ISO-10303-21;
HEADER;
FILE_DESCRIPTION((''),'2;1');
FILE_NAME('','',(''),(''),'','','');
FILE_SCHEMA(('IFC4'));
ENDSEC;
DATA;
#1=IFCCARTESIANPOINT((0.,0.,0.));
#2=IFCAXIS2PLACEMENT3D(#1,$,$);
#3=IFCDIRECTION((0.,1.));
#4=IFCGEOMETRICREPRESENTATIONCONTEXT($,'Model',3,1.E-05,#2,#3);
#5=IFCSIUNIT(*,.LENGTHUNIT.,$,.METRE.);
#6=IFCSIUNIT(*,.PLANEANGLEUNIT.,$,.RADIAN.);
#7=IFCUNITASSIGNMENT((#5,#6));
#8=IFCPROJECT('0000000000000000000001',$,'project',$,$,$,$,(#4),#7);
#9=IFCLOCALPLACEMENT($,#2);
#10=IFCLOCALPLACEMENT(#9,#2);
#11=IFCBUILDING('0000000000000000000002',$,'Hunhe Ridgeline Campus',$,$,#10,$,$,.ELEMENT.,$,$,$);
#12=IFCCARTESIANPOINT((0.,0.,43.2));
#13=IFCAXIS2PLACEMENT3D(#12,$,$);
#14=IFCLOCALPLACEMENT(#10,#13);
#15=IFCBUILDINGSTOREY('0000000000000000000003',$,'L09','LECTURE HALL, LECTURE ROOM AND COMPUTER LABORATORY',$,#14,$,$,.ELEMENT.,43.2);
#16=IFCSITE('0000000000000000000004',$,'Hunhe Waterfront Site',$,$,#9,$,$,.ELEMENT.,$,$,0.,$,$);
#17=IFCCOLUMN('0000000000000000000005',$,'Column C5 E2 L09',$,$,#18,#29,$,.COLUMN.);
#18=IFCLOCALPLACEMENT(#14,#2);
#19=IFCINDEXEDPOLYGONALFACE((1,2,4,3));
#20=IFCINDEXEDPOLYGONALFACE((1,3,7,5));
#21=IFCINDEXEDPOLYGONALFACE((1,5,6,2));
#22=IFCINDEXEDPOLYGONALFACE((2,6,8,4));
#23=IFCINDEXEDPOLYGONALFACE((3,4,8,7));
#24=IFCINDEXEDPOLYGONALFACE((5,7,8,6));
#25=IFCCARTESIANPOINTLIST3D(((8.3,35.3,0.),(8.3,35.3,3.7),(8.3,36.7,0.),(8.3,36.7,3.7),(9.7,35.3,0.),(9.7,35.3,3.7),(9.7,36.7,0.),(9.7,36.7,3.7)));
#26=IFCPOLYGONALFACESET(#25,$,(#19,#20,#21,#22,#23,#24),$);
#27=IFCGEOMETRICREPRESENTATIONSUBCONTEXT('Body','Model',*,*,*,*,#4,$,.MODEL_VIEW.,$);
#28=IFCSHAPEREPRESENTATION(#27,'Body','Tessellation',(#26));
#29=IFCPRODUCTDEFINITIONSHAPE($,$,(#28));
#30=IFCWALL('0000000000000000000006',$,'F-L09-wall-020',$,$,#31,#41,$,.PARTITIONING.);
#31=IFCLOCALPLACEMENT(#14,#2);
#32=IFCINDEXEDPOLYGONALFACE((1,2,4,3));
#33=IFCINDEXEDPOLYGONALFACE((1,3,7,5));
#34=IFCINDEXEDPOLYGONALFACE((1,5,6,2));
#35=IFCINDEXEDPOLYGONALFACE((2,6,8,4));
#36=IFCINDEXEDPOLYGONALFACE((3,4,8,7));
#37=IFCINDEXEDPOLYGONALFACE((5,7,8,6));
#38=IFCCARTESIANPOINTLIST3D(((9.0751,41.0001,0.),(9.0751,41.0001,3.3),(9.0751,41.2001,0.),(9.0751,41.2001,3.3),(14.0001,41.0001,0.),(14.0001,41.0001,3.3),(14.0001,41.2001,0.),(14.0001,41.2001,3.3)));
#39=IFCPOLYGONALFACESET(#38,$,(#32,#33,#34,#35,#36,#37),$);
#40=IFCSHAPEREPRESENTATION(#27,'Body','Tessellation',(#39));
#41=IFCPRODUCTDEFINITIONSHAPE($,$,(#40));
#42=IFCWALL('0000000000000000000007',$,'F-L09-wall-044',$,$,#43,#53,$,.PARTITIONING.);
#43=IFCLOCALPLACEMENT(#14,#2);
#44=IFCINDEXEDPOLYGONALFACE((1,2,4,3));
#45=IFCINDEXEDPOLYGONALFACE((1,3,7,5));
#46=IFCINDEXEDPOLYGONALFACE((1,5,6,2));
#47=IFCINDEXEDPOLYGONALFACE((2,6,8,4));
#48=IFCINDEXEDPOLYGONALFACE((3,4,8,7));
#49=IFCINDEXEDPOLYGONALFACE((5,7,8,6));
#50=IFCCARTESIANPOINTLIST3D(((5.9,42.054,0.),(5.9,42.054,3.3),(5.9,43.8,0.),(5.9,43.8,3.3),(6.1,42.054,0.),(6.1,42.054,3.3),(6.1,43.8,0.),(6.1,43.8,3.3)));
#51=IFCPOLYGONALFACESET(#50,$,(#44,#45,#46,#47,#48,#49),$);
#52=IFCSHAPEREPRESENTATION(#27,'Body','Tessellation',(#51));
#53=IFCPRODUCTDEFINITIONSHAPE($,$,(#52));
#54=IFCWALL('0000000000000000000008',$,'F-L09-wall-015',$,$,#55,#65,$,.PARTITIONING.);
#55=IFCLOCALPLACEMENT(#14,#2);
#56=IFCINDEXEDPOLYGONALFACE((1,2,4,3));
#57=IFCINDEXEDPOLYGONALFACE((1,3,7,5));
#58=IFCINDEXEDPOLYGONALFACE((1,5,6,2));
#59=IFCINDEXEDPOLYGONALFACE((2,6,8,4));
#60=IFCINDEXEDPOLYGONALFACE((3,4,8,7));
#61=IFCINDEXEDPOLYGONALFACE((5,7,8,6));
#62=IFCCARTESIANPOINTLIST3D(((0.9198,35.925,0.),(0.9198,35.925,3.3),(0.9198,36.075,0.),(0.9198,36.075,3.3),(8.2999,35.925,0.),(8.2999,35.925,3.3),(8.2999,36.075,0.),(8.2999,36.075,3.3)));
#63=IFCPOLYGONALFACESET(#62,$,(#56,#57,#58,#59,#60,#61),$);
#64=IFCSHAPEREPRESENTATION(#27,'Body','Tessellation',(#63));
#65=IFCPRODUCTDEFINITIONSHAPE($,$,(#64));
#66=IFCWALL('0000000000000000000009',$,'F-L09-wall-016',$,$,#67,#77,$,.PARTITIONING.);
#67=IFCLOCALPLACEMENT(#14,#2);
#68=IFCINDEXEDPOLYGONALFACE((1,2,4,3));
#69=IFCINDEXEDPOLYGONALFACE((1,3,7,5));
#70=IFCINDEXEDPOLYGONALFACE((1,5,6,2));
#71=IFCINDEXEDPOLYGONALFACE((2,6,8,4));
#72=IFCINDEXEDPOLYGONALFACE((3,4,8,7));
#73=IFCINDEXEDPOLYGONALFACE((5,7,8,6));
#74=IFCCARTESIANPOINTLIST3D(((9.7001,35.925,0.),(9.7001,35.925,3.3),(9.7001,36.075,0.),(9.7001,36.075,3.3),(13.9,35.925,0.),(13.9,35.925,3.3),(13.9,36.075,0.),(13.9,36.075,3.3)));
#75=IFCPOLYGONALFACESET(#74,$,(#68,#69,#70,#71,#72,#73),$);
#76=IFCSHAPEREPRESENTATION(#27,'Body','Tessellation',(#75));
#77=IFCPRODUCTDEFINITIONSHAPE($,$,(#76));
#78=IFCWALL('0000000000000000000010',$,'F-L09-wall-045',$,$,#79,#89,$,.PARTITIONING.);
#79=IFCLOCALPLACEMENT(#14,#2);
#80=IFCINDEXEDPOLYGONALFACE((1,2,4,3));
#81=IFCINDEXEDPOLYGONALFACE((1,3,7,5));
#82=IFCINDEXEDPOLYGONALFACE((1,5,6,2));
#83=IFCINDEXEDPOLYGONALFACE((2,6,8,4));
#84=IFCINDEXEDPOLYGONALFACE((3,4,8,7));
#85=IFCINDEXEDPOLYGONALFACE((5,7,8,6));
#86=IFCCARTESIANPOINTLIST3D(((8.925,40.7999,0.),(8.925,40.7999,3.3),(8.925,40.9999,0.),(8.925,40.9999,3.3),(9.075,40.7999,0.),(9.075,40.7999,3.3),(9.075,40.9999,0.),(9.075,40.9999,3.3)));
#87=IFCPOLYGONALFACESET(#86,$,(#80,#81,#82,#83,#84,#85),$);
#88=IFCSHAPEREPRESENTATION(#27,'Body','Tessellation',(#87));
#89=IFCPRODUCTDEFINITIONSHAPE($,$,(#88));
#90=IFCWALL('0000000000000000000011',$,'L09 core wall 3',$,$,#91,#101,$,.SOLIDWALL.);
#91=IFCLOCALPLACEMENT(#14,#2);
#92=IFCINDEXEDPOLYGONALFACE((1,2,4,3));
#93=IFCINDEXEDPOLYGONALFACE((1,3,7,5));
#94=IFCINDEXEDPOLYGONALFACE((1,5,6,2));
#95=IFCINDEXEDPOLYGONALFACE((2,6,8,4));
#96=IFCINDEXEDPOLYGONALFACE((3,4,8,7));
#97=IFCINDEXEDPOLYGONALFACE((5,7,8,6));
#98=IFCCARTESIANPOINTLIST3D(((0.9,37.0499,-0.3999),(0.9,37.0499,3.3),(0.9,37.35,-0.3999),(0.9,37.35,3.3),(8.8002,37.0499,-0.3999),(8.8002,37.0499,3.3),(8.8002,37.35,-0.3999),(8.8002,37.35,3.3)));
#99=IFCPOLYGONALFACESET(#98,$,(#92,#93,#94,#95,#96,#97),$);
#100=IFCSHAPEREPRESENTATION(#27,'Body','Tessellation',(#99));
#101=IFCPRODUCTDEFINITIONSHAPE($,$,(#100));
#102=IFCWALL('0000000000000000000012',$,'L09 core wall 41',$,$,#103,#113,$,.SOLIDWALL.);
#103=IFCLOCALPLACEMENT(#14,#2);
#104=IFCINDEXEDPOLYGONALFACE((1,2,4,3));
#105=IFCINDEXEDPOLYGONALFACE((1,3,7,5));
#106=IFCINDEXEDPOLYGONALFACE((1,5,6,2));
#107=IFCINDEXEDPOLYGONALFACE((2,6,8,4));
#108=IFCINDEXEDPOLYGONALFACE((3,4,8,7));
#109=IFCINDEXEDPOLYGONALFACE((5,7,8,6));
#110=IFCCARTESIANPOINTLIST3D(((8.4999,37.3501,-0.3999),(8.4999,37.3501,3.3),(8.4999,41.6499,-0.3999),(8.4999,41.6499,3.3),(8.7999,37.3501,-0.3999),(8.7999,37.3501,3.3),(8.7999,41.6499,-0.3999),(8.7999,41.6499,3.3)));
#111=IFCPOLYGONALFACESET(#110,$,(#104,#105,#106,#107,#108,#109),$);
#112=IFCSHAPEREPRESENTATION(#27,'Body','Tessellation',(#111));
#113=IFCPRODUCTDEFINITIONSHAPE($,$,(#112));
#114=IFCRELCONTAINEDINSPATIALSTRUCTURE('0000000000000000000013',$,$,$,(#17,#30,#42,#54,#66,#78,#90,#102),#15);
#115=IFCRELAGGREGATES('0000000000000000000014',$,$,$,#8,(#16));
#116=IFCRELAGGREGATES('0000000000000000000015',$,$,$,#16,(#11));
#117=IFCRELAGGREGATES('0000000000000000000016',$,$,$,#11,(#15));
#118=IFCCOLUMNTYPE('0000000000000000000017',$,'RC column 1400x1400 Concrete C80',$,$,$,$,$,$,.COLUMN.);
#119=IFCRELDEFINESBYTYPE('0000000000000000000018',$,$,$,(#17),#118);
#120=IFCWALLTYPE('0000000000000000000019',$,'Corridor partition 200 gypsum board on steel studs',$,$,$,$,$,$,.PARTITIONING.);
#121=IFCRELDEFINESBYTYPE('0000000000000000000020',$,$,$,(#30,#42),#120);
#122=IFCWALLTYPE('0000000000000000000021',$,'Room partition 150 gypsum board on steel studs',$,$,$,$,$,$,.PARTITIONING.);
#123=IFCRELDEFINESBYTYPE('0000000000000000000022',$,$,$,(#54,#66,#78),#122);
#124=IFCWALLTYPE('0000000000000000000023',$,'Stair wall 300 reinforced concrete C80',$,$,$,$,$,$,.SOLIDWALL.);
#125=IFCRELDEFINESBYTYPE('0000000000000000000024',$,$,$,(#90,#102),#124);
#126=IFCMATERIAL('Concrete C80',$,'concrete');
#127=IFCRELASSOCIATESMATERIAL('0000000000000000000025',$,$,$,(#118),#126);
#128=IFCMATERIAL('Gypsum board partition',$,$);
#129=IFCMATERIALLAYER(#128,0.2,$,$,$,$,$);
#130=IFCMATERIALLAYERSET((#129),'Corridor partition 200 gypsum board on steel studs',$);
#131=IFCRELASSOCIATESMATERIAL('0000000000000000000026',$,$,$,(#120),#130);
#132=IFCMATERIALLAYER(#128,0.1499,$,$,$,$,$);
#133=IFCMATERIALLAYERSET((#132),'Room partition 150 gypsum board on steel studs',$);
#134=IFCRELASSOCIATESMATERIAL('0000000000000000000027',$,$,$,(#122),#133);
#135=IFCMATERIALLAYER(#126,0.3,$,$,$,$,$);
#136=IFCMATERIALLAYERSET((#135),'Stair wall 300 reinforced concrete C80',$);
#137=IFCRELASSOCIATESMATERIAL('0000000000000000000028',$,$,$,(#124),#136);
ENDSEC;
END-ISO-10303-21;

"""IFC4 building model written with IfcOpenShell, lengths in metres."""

from ifc_helpers import new_model, si_unit, direction, frame, frame_2d, origin, origin_2d, place, context, subcontext, project, spatial, rectangle, extrude, material, layer, layer_set, material_profile, profile_set, type_object, element, save


model = new_model("IFC4")

# Units and contexts
model_context = context("Model", 3, precision=1e-05, world=origin(), true_north=direction((0.0, 1.0)))
body_context = subcontext(model_context, "Body", "Model", "MODEL_VIEW")
ifc_project = project(units=[si_unit("LENGTHUNIT", "METRE"), si_unit("PLANEANGLEUNIT", "RADIAN")], contexts=[model_context])

# Site, building, storey
site_placement = place(None, origin())
site = spatial("IfcSite", under=ifc_project, at=site_placement, Name="Hunhe Waterfront Site", CompositionType="ELEMENT", RefElevation=0.0)
building_placement = place(site_placement, origin())
building = spatial("IfcBuilding", under=site, at=building_placement, Name="Hunhe Ridgeline Campus", CompositionType="ELEMENT")
storey_placement = place(building_placement, frame((0.0, 0.0, 43.2)))
storey = spatial("IfcBuildingStorey", under=building, at=storey_placement, Name="L09", Description="LECTURE HALL, LECTURE ROOM AND COMPUTER LABORATORY", CompositionType="ELEMENT", Elevation=43.2)

# Column
ifc_material_1 = material(Name="Concrete C80", Category="concrete")
ifc_material_profile = material_profile(ifc_material_1, rectangle(XDim=1.3999, YDim=1.3999, at=origin_2d()))
ifc_profile_set = profile_set([ifc_material_profile], Name="Concrete C80")
column_type = type_object("IfcColumnType", Name="RC column 1400x1400 Concrete C80", PredefinedType="COLUMN", material=ifc_profile_set)
column_placement = place(storey_placement, frame((9.0, 36.0, 0.0), z_axis=(0.0, 0.0, 1.0), x_axis=(1.0, 0.0, 0.0)))
element("IfcColumn", 1, at=column_placement, inside=storey, type_object=column_type, Name="Column C5 E2 L09", PredefinedType="COLUMN", context=body_context, shape_type="SweptSolid", body=[
    extrude(rectangle(XDim=1.3999, YDim=1.3999, at=origin_2d()), origin(), (0.0, 0.0, 1.0), 3.7),
])

# Wall
ifc_material_2 = material(Name="Gypsum board partition")
ifc_layer_1 = layer(ifc_material_2, 0.2)
ifc_layer_set_1 = layer_set([ifc_layer_1], Name="Corridor partition 200 gypsum board on steel studs")
wall_type_1 = type_object("IfcWallType", Name="Corridor partition 200 gypsum board on steel studs", PredefinedType="PARTITIONING", material=ifc_layer_set_1)
wall_1_placement = place(storey_placement, frame((14.0, 41.1001, 0.0), z_axis=(0.0, 0.0, 1.0), x_axis=(-1.0, 0.0, 0.0)))
element("IfcWall", 2, at=wall_1_placement, inside=storey, type_object=wall_type_1, Name="F-L09-wall-020", PredefinedType="PARTITIONING", context=body_context, shape_type="SweptSolid", body=[
    extrude(rectangle(XDim=4.925, YDim=0.2, at=frame_2d((2.4624, 0.0))), origin(), (0.0, 0.0, 1.0), 3.3),
])

# Walls
wall_2_placement = place(storey_placement, frame((6.0, 42.054, 0.0), z_axis=(0.0, 0.0, 1.0), x_axis=(0.0, 1.0, 0.0)))
element("IfcWall", 3, at=wall_2_placement, inside=storey, type_object=wall_type_1, Name="F-L09-wall-044", PredefinedType="PARTITIONING", context=body_context, shape_type="SweptSolid", body=[
    extrude(rectangle(XDim=1.7461, YDim=0.2, at=frame_2d((0.873, 0.0))), origin(), (0.0, 0.0, 1.0), 3.3),
])
ifc_layer_2 = layer(ifc_material_2, 0.1499)
ifc_layer_set_2 = layer_set([ifc_layer_2], Name="Room partition 150 gypsum board on steel studs")
wall_type_2 = type_object("IfcWallType", Name="Room partition 150 gypsum board on steel studs", PredefinedType="PARTITIONING", material=ifc_layer_set_2)
wall_3_placement = place(storey_placement, frame((0.9199, 36.0, 0.0), z_axis=(0.0, 0.0, 1.0), x_axis=(1.0, 0.0, 0.0)))
element("IfcWall", 4, at=wall_3_placement, inside=storey, type_object=wall_type_2, Name="F-L09-wall-015", PredefinedType="PARTITIONING", context=body_context, shape_type="SweptSolid", body=[
    extrude(rectangle(XDim=7.3801, YDim=0.1499, at=frame_2d((3.6899, 0.0))), origin(), (0.0, 0.0, 1.0), 3.3),
])
wall_4_placement = place(storey_placement, frame((9.7, 36.0, 0.0), z_axis=(0.0, 0.0, 1.0), x_axis=(1.0, 0.0, 0.0)))
element("IfcWall", 5, at=wall_4_placement, inside=storey, type_object=wall_type_2, Name="F-L09-wall-016", PredefinedType="PARTITIONING", context=body_context, shape_type="SweptSolid", body=[
    extrude(rectangle(XDim=4.2, YDim=0.1499, at=frame_2d((2.1001, 0.0))), origin(), (0.0, 0.0, 1.0), 3.3),
])
wall_5_placement = place(storey_placement, frame((9.0, 41.0, 0.0), z_axis=(0.0, 0.0, 1.0), x_axis=(0.0, -1.0, 0.0)))
element("IfcWall", 6, at=wall_5_placement, inside=storey, type_object=wall_type_2, Name="F-L09-wall-045", PredefinedType="PARTITIONING", context=body_context, shape_type="SweptSolid", body=[
    extrude(rectangle(XDim=0.2, YDim=0.1499, at=frame_2d((0.1001, 0.0))), origin(), (0.0, 0.0, 1.0), 3.3),
])
ifc_layer_3 = layer(ifc_material_1, 0.3)
ifc_layer_set_3 = layer_set([ifc_layer_3], Name="Stair wall 300 reinforced concrete C80")
wall_type_3 = type_object("IfcWallType", Name="Stair wall 300 reinforced concrete C80", PredefinedType="SOLIDWALL", material=ifc_layer_set_3)
wall_6_placement = place(storey_placement, frame((0.8999, 37.2, -0.3999), z_axis=(0.0, 0.0, 1.0), x_axis=(1.0, 0.0, 0.0)))
element("IfcWall", 7, at=wall_6_placement, inside=storey, type_object=wall_type_3, Name="L09 core wall 3", PredefinedType="SOLIDWALL", context=body_context, shape_type="SweptSolid", body=[
    extrude(rectangle(XDim=7.9001, YDim=0.3, at=frame_2d((3.9502, 0.0))), origin(), (0.0, 0.0, 1.0), 3.7),
])

# Wall
wall_7_placement = place(storey_placement, frame((8.6499, 37.3501, -0.3999), z_axis=(0.0, 0.0, 1.0), x_axis=(0.0, 1.0, 0.0)))
element("IfcWall", 8, at=wall_7_placement, inside=storey, type_object=wall_type_3, Name="L09 core wall 41", PredefinedType="SOLIDWALL", context=body_context, shape_type="SweptSolid", body=[
    extrude(rectangle(XDim=4.2998, YDim=0.3, at=frame_2d((2.1499, 0.0))), origin(), (0.0, 0.0, 1.0), 3.7),
])

save(model, "model.ifc")
